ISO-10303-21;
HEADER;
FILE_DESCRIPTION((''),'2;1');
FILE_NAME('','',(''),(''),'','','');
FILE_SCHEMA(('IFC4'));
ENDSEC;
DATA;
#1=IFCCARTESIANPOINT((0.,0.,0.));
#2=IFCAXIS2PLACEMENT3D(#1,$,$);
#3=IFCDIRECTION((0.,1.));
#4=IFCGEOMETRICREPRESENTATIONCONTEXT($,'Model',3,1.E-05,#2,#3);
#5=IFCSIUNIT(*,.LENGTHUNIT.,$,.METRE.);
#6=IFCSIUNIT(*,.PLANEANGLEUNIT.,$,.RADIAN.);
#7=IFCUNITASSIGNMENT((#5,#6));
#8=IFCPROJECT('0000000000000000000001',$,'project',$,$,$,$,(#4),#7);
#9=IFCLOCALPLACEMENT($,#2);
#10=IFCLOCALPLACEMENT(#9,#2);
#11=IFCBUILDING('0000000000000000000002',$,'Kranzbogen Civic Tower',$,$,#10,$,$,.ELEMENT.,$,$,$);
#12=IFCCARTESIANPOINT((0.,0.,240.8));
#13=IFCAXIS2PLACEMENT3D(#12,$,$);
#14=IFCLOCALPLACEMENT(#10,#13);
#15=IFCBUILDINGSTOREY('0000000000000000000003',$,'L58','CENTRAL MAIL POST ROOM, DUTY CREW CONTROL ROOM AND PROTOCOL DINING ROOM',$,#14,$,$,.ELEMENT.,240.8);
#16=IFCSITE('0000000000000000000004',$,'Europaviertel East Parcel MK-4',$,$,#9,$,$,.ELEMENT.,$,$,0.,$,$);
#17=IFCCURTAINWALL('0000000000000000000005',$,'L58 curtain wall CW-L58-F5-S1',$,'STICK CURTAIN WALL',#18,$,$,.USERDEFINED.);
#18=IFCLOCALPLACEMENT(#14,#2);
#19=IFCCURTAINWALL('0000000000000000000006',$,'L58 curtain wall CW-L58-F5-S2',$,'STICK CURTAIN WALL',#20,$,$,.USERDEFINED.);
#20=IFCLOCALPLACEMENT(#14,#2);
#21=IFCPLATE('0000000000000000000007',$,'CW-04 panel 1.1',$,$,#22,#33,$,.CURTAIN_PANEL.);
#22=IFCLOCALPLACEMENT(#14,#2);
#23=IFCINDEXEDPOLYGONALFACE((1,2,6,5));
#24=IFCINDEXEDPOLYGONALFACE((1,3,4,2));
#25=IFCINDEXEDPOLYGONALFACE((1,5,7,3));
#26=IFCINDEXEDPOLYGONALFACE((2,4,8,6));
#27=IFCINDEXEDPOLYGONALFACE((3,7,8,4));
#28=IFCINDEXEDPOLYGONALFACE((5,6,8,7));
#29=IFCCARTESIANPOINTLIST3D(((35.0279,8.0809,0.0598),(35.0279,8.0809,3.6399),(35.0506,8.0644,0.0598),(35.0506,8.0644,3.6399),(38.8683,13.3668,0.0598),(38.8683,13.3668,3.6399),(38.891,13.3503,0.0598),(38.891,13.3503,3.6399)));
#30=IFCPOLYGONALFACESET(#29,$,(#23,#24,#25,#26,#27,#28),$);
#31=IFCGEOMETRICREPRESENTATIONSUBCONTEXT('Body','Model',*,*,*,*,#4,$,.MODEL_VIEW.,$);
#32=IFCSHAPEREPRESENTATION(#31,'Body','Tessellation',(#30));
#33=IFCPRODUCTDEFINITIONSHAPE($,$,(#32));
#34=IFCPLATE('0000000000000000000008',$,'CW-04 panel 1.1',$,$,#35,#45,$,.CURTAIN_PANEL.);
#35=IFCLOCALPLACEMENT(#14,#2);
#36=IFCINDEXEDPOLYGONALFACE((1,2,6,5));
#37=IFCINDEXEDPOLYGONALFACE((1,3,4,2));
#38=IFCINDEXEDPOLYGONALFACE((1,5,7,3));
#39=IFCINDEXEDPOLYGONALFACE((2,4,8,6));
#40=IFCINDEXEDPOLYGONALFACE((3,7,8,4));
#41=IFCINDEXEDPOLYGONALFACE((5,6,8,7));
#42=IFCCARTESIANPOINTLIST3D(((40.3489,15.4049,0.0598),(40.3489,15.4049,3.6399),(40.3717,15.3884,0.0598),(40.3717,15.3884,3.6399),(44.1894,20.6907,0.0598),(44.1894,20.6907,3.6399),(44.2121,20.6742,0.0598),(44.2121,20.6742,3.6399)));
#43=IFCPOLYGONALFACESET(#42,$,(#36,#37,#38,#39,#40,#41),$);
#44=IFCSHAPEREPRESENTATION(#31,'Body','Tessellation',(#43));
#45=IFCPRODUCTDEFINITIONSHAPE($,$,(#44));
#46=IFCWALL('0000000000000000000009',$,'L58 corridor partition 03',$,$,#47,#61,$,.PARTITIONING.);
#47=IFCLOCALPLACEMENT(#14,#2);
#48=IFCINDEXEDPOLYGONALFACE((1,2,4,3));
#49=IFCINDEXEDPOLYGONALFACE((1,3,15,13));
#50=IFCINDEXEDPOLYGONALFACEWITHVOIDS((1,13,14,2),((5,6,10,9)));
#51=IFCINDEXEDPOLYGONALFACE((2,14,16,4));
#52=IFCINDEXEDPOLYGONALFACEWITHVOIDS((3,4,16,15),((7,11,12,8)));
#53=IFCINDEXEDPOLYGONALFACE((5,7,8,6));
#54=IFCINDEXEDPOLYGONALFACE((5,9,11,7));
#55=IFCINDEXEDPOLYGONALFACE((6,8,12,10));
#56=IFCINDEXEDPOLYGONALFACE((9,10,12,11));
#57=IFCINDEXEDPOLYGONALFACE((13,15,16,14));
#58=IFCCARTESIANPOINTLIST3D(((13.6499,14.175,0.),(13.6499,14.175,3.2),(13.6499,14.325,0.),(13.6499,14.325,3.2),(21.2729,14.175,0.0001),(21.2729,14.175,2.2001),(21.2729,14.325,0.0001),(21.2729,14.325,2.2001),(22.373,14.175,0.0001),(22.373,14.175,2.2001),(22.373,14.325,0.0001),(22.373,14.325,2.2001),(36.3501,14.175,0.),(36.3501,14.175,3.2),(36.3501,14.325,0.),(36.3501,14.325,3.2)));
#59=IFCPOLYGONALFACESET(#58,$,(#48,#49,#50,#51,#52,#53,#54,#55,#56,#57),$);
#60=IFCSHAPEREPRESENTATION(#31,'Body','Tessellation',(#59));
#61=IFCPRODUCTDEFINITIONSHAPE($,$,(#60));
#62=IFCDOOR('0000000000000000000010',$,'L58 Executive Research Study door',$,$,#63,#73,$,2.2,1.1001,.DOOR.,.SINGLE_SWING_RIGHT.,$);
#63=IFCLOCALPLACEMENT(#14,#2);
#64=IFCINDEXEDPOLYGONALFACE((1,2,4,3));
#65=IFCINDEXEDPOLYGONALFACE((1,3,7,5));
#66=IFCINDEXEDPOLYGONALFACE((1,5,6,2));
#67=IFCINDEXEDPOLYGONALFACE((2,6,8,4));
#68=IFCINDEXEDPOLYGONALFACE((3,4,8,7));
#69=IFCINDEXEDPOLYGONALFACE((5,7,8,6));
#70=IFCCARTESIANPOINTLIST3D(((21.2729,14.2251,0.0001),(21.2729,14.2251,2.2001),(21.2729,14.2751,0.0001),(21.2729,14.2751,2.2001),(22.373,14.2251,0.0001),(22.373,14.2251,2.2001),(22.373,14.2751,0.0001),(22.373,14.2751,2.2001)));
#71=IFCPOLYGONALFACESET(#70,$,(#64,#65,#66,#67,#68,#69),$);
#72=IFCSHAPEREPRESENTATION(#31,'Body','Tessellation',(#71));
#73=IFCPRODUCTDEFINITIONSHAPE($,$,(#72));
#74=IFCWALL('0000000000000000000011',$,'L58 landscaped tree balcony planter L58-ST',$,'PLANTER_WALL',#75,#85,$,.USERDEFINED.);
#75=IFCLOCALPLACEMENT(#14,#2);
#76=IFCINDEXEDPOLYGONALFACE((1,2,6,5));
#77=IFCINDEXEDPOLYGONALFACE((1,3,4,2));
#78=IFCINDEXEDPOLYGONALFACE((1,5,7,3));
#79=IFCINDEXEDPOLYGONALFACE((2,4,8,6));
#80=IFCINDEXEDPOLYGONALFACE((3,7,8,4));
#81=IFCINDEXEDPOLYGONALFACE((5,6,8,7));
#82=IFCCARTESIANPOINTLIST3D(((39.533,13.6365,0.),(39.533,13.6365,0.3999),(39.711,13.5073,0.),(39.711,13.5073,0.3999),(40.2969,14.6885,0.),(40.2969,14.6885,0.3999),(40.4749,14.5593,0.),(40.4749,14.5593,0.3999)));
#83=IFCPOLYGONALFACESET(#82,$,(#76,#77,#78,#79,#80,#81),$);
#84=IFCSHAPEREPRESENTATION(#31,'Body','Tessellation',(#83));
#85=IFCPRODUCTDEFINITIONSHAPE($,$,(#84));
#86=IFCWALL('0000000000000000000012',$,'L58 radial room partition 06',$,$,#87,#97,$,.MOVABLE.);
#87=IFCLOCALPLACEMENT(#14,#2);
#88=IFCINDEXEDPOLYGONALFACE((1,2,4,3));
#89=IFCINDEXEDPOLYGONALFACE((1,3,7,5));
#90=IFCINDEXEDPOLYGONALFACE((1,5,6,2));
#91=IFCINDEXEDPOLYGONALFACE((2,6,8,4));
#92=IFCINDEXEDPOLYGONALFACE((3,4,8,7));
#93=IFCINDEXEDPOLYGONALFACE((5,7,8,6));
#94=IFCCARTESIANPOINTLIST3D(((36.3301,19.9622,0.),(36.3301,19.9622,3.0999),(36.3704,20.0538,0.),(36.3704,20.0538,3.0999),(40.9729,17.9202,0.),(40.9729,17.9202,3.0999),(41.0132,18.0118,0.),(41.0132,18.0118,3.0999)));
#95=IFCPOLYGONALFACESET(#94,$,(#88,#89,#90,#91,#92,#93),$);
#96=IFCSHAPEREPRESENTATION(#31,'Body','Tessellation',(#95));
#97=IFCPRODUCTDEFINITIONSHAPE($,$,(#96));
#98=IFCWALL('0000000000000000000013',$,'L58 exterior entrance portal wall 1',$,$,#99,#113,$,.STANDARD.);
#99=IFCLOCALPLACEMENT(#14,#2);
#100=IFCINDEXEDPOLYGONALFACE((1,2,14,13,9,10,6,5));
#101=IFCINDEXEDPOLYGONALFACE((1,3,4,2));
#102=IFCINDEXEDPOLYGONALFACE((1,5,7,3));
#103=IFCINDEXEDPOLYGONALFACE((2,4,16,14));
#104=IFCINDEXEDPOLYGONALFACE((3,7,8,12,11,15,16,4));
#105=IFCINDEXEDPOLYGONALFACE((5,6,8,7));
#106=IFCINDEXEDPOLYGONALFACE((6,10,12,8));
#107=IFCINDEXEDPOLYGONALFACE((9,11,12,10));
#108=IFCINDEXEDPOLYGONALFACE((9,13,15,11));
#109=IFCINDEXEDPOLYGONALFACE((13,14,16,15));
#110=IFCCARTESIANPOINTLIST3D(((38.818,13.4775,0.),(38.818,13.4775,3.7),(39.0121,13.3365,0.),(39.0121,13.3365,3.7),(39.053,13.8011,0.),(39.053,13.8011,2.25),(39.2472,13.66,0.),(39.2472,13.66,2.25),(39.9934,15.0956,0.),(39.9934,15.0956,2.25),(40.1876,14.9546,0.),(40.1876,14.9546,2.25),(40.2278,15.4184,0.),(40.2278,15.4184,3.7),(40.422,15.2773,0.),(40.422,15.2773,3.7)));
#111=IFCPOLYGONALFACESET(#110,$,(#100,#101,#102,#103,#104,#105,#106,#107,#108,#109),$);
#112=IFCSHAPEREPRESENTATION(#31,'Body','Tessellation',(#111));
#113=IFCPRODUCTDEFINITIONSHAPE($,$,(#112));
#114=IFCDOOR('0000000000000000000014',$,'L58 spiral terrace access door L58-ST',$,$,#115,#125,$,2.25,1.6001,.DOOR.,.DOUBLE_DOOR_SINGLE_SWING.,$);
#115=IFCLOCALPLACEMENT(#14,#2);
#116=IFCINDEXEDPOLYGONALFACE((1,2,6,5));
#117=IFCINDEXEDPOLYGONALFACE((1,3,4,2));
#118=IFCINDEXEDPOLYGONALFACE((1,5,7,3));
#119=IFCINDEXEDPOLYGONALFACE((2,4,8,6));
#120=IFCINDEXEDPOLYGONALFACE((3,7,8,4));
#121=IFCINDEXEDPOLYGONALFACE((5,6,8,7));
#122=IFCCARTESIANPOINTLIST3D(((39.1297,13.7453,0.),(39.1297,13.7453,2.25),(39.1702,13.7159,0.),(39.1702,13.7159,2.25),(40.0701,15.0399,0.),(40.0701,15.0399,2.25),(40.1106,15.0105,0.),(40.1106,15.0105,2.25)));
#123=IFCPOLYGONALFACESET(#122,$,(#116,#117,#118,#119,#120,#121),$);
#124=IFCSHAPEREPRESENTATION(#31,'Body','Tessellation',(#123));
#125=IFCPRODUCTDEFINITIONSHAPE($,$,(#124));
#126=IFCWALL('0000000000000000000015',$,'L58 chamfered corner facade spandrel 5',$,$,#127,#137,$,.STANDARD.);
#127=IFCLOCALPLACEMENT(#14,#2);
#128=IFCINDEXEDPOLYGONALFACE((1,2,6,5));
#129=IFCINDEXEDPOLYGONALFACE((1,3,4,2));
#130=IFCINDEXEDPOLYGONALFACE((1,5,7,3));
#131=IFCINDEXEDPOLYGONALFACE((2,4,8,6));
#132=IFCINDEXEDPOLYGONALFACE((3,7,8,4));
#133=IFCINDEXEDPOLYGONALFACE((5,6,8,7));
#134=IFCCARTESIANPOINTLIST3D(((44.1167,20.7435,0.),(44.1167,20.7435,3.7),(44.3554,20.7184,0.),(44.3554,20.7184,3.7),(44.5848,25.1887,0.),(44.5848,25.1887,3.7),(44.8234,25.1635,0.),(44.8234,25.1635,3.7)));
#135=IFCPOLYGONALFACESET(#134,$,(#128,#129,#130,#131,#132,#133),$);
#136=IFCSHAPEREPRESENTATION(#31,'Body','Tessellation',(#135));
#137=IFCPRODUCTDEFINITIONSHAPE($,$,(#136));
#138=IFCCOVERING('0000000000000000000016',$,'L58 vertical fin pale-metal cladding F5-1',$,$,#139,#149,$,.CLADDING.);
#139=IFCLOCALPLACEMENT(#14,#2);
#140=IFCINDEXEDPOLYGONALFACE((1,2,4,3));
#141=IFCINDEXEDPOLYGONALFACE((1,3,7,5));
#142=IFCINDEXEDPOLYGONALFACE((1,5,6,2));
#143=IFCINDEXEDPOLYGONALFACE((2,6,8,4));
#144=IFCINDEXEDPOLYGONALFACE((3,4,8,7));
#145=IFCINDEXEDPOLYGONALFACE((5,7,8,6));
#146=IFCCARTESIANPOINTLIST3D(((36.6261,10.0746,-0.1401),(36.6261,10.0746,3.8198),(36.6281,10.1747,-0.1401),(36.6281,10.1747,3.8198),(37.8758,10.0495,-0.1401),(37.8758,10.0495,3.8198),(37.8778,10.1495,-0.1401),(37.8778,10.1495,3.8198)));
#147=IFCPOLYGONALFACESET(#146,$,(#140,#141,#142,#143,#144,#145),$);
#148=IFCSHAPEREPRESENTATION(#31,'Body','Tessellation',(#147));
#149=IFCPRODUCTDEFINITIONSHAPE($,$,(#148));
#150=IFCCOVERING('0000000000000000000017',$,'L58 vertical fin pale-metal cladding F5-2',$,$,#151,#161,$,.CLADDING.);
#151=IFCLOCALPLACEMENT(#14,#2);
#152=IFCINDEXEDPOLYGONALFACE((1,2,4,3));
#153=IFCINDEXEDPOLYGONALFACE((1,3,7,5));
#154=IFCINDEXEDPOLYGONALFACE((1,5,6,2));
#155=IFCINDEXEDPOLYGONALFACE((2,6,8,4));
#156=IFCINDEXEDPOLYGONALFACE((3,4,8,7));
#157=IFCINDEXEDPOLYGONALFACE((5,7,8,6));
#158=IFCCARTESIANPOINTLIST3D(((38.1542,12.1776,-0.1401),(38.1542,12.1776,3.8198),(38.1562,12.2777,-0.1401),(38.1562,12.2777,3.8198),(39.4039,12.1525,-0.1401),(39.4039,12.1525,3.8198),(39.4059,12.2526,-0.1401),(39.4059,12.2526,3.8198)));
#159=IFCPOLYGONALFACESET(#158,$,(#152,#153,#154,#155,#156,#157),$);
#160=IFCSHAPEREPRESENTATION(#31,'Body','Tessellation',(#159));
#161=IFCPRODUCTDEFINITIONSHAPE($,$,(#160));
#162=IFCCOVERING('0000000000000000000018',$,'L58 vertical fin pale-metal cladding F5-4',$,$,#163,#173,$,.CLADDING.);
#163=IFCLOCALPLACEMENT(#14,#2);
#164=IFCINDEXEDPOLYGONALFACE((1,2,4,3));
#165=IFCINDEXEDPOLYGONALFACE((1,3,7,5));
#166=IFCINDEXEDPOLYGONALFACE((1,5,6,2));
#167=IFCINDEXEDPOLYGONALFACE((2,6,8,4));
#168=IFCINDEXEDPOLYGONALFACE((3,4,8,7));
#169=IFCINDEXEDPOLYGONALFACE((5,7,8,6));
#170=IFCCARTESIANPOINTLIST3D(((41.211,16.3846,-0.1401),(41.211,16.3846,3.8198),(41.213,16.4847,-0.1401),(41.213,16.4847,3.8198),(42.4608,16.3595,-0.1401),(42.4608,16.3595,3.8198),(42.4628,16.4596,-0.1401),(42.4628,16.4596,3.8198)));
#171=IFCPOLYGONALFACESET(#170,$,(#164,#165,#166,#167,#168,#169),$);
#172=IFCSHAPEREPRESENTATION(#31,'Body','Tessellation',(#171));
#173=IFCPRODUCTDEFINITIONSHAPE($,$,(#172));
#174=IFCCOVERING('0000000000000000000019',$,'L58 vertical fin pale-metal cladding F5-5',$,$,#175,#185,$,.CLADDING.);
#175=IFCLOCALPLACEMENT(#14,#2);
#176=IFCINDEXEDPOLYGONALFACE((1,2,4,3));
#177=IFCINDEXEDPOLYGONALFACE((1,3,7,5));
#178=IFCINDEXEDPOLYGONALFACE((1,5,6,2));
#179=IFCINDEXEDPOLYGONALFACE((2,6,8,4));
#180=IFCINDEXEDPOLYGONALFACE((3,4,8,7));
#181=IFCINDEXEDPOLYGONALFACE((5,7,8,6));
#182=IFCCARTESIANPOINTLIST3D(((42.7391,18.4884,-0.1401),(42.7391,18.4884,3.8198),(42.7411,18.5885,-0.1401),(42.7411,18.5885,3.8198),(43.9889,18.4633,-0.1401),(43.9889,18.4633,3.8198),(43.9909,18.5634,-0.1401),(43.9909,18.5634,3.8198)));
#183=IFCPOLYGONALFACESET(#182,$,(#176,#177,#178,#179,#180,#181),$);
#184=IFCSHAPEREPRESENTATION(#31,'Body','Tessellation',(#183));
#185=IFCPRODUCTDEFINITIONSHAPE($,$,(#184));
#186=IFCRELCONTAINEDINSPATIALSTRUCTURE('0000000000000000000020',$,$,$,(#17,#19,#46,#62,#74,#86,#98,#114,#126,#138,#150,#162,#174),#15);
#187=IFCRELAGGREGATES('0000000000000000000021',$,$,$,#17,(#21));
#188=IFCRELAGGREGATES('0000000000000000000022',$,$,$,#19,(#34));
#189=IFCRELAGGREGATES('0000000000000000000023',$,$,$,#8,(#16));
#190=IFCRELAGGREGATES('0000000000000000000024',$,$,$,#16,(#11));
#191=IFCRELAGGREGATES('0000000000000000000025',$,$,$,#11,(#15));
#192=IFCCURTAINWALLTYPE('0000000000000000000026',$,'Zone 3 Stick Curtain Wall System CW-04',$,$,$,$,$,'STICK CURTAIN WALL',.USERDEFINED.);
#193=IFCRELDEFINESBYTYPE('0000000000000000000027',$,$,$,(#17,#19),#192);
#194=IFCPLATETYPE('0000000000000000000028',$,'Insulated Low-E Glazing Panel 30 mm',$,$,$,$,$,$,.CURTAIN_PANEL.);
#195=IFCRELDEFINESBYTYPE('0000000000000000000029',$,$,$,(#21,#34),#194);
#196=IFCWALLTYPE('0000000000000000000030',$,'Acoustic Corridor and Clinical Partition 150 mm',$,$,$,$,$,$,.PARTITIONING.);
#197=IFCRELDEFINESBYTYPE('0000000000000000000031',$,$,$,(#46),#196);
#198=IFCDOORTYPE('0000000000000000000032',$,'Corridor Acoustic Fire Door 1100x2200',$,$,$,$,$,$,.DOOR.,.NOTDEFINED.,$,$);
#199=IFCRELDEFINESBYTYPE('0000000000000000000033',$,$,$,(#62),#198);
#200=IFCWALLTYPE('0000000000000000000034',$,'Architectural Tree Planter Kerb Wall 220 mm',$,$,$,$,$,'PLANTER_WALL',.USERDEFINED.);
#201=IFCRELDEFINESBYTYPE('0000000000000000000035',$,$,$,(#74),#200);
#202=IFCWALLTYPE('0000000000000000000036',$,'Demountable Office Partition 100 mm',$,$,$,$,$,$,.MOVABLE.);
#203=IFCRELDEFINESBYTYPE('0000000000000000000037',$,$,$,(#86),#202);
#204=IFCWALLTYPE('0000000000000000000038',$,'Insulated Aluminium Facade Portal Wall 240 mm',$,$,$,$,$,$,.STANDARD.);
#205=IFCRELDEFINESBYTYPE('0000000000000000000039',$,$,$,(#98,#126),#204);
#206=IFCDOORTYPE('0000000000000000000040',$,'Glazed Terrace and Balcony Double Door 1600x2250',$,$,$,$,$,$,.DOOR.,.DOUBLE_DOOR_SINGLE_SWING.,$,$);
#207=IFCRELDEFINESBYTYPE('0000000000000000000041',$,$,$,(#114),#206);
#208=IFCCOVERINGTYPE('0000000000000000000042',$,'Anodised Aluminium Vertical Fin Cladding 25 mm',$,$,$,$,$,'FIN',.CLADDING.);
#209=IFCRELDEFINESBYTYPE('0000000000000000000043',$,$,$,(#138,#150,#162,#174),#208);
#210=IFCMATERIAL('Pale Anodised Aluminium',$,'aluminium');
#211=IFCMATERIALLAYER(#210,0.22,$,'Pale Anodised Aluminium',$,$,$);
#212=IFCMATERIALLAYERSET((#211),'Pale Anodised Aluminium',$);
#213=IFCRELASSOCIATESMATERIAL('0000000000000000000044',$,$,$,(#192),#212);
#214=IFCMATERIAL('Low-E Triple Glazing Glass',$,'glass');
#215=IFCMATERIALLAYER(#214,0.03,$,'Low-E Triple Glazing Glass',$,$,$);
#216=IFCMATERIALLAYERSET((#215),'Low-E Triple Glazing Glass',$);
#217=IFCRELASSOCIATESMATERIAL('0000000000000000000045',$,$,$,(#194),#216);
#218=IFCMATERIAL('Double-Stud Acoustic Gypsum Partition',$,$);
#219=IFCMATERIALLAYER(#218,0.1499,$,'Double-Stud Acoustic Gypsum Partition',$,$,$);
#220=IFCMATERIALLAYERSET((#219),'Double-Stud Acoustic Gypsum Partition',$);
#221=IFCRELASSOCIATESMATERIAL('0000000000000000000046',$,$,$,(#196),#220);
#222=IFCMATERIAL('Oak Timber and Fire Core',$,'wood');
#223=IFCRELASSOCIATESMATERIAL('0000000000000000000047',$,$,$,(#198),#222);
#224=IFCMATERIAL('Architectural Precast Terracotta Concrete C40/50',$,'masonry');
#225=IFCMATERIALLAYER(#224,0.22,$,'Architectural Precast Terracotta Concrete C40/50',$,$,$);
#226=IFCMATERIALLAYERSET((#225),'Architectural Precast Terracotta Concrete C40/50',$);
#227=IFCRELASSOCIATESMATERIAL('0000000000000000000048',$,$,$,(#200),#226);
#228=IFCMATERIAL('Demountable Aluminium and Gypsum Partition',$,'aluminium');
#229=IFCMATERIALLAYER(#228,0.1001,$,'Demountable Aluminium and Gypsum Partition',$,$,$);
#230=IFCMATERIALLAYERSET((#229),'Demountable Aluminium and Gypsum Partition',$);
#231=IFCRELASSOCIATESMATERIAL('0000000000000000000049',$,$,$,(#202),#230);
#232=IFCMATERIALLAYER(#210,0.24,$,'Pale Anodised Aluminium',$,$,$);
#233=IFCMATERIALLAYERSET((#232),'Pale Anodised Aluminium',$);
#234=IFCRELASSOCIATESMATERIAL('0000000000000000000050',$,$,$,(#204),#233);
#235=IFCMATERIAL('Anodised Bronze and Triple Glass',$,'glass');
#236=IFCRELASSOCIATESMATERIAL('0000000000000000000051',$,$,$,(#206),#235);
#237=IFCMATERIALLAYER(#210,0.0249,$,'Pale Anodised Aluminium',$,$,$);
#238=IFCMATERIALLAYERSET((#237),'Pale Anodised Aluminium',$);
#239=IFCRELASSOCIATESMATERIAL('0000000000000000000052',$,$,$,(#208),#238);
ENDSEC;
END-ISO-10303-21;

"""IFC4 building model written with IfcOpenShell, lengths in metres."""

from ifc_helpers import new_model, si_unit, direction, frame, frame_2d, origin, origin_2d, place, context, subcontext, project, spatial, rectangle, extrude, material, layer, layer_set, type_object, element, fill, aggregate, save


model = new_model("IFC4")

# Units and contexts
model_context = context("Model", 3, precision=1e-05, world=origin(), true_north=direction((0.0, 1.0)))
body_context = subcontext(model_context, "Body", "Model", "MODEL_VIEW")
ifc_project = project(units=[si_unit("LENGTHUNIT", "METRE"), si_unit("PLANEANGLEUNIT", "RADIAN")], contexts=[model_context])

# Site, building, storey
site_placement = place(None, origin())
site = spatial("IfcSite", under=ifc_project, at=site_placement, Name="Europaviertel East Parcel MK-4", CompositionType="ELEMENT", RefElevation=0.0)
building_placement = place(site_placement, origin())
building = spatial("IfcBuilding", under=site, at=building_placement, Name="Kranzbogen Civic Tower", CompositionType="ELEMENT")
storey_placement = place(building_placement, frame((0.0, 0.0, 240.8)))
storey = spatial("IfcBuildingStorey", under=building, at=storey_placement, Name="L58", Description="CENTRAL MAIL POST ROOM, DUTY CREW CONTROL ROOM AND PROTOCOL DINING ROOM", CompositionType="ELEMENT", Elevation=240.8)

# Curtain wall
ifc_material_1 = material(Name="Pale Anodised Aluminium", Category="aluminium")
ifc_layer_1 = layer(ifc_material_1, 0.22, Name="Pale Anodised Aluminium")
ifc_layer_set_1 = layer_set([ifc_layer_1], Name="Pale Anodised Aluminium")
curtain_wall_type = type_object("IfcCurtainWallType", Name="Zone 3 Stick Curtain Wall System CW-04", ElementType="STICK CURTAIN WALL", PredefinedType="USERDEFINED", material=ifc_layer_set_1)
curtain_wall_1_placement = place(storey_placement, origin())
curtain_wall_1 = element("IfcCurtainWall", 1, at=curtain_wall_1_placement, inside=storey, type_object=curtain_wall_type, Name="L58 curtain wall CW-L58-F5-S1", ObjectType="STICK CURTAIN WALL", PredefinedType="USERDEFINED")

# Curtain wall
curtain_wall_2_placement = place(storey_placement, origin())
curtain_wall_2 = element("IfcCurtainWall", 2, at=curtain_wall_2_placement, inside=storey, type_object=curtain_wall_type, Name="L58 curtain wall CW-L58-F5-S2", ObjectType="STICK CURTAIN WALL", PredefinedType="USERDEFINED")

# Plates
ifc_material_2 = material(Name="Low-E Triple Glazing Glass", Category="glass")
ifc_layer_2 = layer(ifc_material_2, 0.03, Name="Low-E Triple Glazing Glass")
ifc_layer_set_2 = layer_set([ifc_layer_2], Name="Low-E Triple Glazing Glass")
plate_type = type_object("IfcPlateType", Name="Insulated Low-E Glazing Panel 30 mm", PredefinedType="CURTAIN_PANEL", material=ifc_layer_set_2)
plate_1_placement = place(storey_placement, frame((36.9595, 10.7156, 0.0598), z_axis=(0.0, 0.0, 1.0), x_axis=(0.587787, 0.809015, 0.0)))
plate_1 = element("IfcPlate", 3, at=plate_1_placement, type_object=plate_type, Name="CW-04 panel 1.1", PredefinedType="CURTAIN_PANEL", context=body_context, shape_type="SweptSolid", body=[
    extrude(rectangle(XDim=6.5337, YDim=0.0281, at=origin_2d()), origin(), (0.0, 0.0, 1.0), 3.5801),
])
aggregate(curtain_wall_1, [plate_1])
plate_2_placement = place(storey_placement, frame((42.2805, 18.0396, 0.0598), z_axis=(0.0, 0.0, 1.0), x_axis=(0.587787, 0.809015, 0.0)))
plate_2 = element("IfcPlate", 4, at=plate_2_placement, type_object=plate_type, Name="CW-04 panel 1.1", PredefinedType="CURTAIN_PANEL", context=body_context, shape_type="SweptSolid", body=[
    extrude(rectangle(XDim=6.5337, YDim=0.0281, at=origin_2d()), origin(), (0.0, 0.0, 1.0), 3.5801),
])
aggregate(curtain_wall_2, [plate_2])

# Wall, opening, door
ifc_material_3 = material(Name="Double-Stud Acoustic Gypsum Partition")
ifc_layer_3 = layer(ifc_material_3, 0.1499, Name="Double-Stud Acoustic Gypsum Partition")
ifc_layer_set_3 = layer_set([ifc_layer_3], Name="Double-Stud Acoustic Gypsum Partition")
wall_type_1 = type_object("IfcWallType", Name="Acoustic Corridor and Clinical Partition 150 mm", PredefinedType="PARTITIONING", material=ifc_layer_set_3)
wall_1_placement = place(storey_placement, frame((36.3501, 14.25, 0.0), z_axis=(0.0, 0.0, 1.0), x_axis=(-1.0, 0.0, 0.0)))
wall_1 = element("IfcWall", 5, at=wall_1_placement, inside=storey, type_object=wall_type_1, Name="L58 corridor partition 03", PredefinedType="PARTITIONING", context=body_context, shape_type="SweptSolid", body=[
    extrude(rectangle(XDim=22.7002, YDim=0.1499, at=frame_2d((11.3501, 0.0))), origin(), (0.0, 0.0, 1.0), 3.2),
])
opening_1_placement = place(wall_1_placement, frame((13.9771, 0.0, 0.0)))
opening_1 = element("IfcOpeningElement", 6, at=opening_1_placement, cuts=wall_1, PredefinedType="OPENING", context=body_context, shape_type="SweptSolid", body=[
    extrude(rectangle(XDim=1.1001, YDim=2.2, at=frame_2d((0.55, 1.1001))), frame((0.0, 0.085, 0.0), z_axis=(0.0, -1.0, 0.0), x_axis=(1.0, 0.0, 0.0)), (0.0, 0.0, 1.0), 0.1699),
])
ifc_material_4 = material(Name="Oak Timber and Fire Core", Category="wood")
door_type_1 = type_object("IfcDoorType", Name="Corridor Acoustic Fire Door 1100x2200", OperationType="NOTDEFINED", PredefinedType="DOOR", material=ifc_material_4)
door_1_placement = place(opening_1_placement, origin())
door_1 = element("IfcDoor", 7, at=door_1_placement, inside=storey, type_object=door_type_1, Name="L58 Executive Research Study door", OperationType="SINGLE_SWING_RIGHT", OverallHeight=2.2, OverallWidth=1.1001, PredefinedType="DOOR", context=body_context, shape_type="SweptSolid", body=[
    extrude(rectangle(XDim=1.1001, YDim=2.2, at=frame_2d((0.55, 1.1001))), frame((0.0, 0.0249, 0.0), z_axis=(0.0, -1.0, 0.0), x_axis=(1.0, 0.0, 0.0)), (0.0, 0.0, 1.0), 0.05),
])
fill(opening_1, door_1)

# Walls
ifc_material_5 = material(Name="Architectural Precast Terracotta Concrete C40/50", Category="masonry")
ifc_layer_4 = layer(ifc_material_5, 0.22, Name="Architectural Precast Terracotta Concrete C40/50")
ifc_layer_set_4 = layer_set([ifc_layer_4], Name="Architectural Precast Terracotta Concrete C40/50")
wall_type_2 = type_object("IfcWallType", Name="Architectural Tree Planter Kerb Wall 220 mm", ElementType="PLANTER_WALL", PredefinedType="USERDEFINED", material=ifc_layer_set_4)
wall_2_placement = place(storey_placement, frame((39.6221, 13.572, 0.0), z_axis=(0.0, 0.0, 1.0), x_axis=(0.58758, 0.809166, 0.0)))
element("IfcWall", 8, at=wall_2_placement, inside=storey, type_object=wall_type_2, Name="L58 landscaped tree balcony planter L58-ST", ObjectType="PLANTER_WALL", PredefinedType="USERDEFINED", context=body_context, shape_type="SweptSolid", body=[
    extrude(rectangle(XDim=1.3, YDim=0.22, at=frame_2d((0.6499, 0.0))), origin(), (0.0, 0.0, 1.0), 0.3999),
])
ifc_material_6 = material(Name="Demountable Aluminium and Gypsum Partition", Category="aluminium")
ifc_layer_5 = layer(ifc_material_6, 0.1001, Name="Demountable Aluminium and Gypsum Partition")
ifc_layer_set_5 = layer_set([ifc_layer_5], Name="Demountable Aluminium and Gypsum Partition")
wall_type_3 = type_object("IfcWallType", Name="Demountable Office Partition 100 mm", PredefinedType="MOVABLE", material=ifc_layer_set_5)
wall_3_placement = place(storey_placement, frame((36.3501, 20.0081, 0.0), z_axis=(0.0, 0.0, 1.0), x_axis=(0.915377, -0.402598, 0.0)))
element("IfcWall", 9, at=wall_3_placement, inside=storey, type_object=wall_type_3, Name="L58 radial room partition 06", PredefinedType="MOVABLE", context=body_context, shape_type="SweptSolid", body=[
    extrude(rectangle(XDim=5.072, YDim=0.1001, at=frame_2d((2.5361, 0.0))), origin(), (0.0, 0.0, 1.0), 3.0999),
])

# Wall, opening, door
ifc_layer_6 = layer(ifc_material_1, 0.24, Name="Pale Anodised Aluminium")
ifc_layer_set_6 = layer_set([ifc_layer_6], Name="Pale Anodised Aluminium")
wall_type_4 = type_object("IfcWallType", Name="Insulated Aluminium Facade Portal Wall 240 mm", PredefinedType="STANDARD", material=ifc_layer_set_6)
wall_4_placement = place(storey_placement, frame((38.915, 13.407, 0.0), z_axis=(0.0, 0.0, 1.0), x_axis=(0.587718, 0.809066, 0.0)))
wall_4 = element("IfcWall", 10, at=wall_4_placement, inside=storey, type_object=wall_type_4, Name="L58 exterior entrance portal wall 1", PredefinedType="STANDARD", context=body_context, shape_type="SweptSolid", body=[
    extrude(rectangle(XDim=2.3989, YDim=0.24, at=frame_2d((1.1995, 0.0))), origin(), (0.0, 0.0, 1.0), 3.7),
])
opening_2_placement = place(wall_4_placement, frame((0.3999, 0.0, 0.0)))
opening_2 = element("IfcOpeningElement", 11, at=opening_2_placement, cuts=wall_4, PredefinedType="OPENING", context=body_context, shape_type="SweptSolid", body=[
    extrude(rectangle(XDim=1.6001, YDim=2.25, at=frame_2d((0.8, 1.125))), frame((0.0, 0.1299, 0.0), z_axis=(0.0, -1.0, 0.0), x_axis=(1.0, 0.0, 0.0)), (0.0, 0.0, 1.0), 0.26),
])
ifc_material_7 = material(Name="Anodised Bronze and Triple Glass", Category="glass")
door_type_2 = type_object("IfcDoorType", Name="Glazed Terrace and Balcony Double Door 1600x2250", OperationType="DOUBLE_DOOR_SINGLE_SWING", PredefinedType="DOOR", material=ifc_material_7)
door_2_placement = place(opening_2_placement, frame((1.6001, 0.0, 0.0), z_axis=(0.0, 0.0, 1.0), x_axis=(-1.0, 0.0, 0.0)))
door_2 = element("IfcDoor", 12, at=door_2_placement, inside=storey, type_object=door_type_2, Name="L58 spiral terrace access door L58-ST", OperationType="DOUBLE_DOOR_SINGLE_SWING", OverallHeight=2.25, OverallWidth=1.6001, PredefinedType="DOOR", context=body_context, shape_type="SweptSolid", body=[
    extrude(rectangle(XDim=1.6001, YDim=2.25, at=frame_2d((0.8, 1.125))), frame((0.0, 0.0249, 0.0), z_axis=(0.0, -1.0, 0.0), x_axis=(1.0, 0.0, 0.0)), (0.0, 0.0, 1.0), 0.05),
])
fill(opening_2, door_2)

# Wall
wall_5_placement = place(storey_placement, frame((44.2361, 20.731, 0.0), z_axis=(0.0, 0.0, 1.0), x_axis=(0.10471, 0.994503, 0.0)))
element("IfcWall", 13, at=wall_5_placement, inside=storey, type_object=wall_type_4, Name="L58 chamfered corner facade spandrel 5", PredefinedType="STANDARD", context=body_context, shape_type="SweptSolid", body=[
    extrude(rectangle(XDim=4.4697, YDim=0.24, at=frame_2d((2.2349, 0.0))), origin(), (0.0, 0.0, 1.0), 3.7),
])

# Coverings
ifc_layer_7 = layer(ifc_material_1, 0.0249, Name="Pale Anodised Aluminium")
ifc_layer_set_7 = layer_set([ifc_layer_7], Name="Pale Anodised Aluminium")
covering_type = type_object("IfcCoveringType", Name="Anodised Aluminium Vertical Fin Cladding 25 mm", ElementType="FIN", PredefinedType="CLADDING", material=ifc_layer_set_7)
for number, where, z_axis, x_axis, name in (
    (14, (37.252, 10.1121, -0.1401), (0.0, 0.0, 1.0), (0.999798, -0.020087, 0.0), "L58 vertical fin pale-metal cladding F5-1"),
    (15, (38.78, 12.2151, -0.1401), (0.0, 0.0, 1.0), (0.999798, -0.020087, 0.0), "L58 vertical fin pale-metal cladding F5-2"),
    (16, (41.8369, 16.4221, -0.1401), (0.0, 0.0, 1.0), (0.999798, -0.020087, 0.0), "L58 vertical fin pale-metal cladding F5-4"),
    (17, (43.365, 18.5259, -0.1401), (0.0, 0.0, 1.0), (0.999798, -0.020087, 0.0), "L58 vertical fin pale-metal cladding F5-5"),
):
    element("IfcCovering", number, at=place(storey_placement, frame(where, z_axis=z_axis, x_axis=x_axis)), inside=storey, type_object=covering_type, Name=name, PredefinedType="CLADDING", context=body_context, shape_type="SweptSolid", body=[
        extrude(rectangle(XDim=1.25, YDim=0.1001, at=origin_2d()), origin(), (0.0, 0.0, 1.0), 3.96),
    ])

save(model, "model.ifc")
